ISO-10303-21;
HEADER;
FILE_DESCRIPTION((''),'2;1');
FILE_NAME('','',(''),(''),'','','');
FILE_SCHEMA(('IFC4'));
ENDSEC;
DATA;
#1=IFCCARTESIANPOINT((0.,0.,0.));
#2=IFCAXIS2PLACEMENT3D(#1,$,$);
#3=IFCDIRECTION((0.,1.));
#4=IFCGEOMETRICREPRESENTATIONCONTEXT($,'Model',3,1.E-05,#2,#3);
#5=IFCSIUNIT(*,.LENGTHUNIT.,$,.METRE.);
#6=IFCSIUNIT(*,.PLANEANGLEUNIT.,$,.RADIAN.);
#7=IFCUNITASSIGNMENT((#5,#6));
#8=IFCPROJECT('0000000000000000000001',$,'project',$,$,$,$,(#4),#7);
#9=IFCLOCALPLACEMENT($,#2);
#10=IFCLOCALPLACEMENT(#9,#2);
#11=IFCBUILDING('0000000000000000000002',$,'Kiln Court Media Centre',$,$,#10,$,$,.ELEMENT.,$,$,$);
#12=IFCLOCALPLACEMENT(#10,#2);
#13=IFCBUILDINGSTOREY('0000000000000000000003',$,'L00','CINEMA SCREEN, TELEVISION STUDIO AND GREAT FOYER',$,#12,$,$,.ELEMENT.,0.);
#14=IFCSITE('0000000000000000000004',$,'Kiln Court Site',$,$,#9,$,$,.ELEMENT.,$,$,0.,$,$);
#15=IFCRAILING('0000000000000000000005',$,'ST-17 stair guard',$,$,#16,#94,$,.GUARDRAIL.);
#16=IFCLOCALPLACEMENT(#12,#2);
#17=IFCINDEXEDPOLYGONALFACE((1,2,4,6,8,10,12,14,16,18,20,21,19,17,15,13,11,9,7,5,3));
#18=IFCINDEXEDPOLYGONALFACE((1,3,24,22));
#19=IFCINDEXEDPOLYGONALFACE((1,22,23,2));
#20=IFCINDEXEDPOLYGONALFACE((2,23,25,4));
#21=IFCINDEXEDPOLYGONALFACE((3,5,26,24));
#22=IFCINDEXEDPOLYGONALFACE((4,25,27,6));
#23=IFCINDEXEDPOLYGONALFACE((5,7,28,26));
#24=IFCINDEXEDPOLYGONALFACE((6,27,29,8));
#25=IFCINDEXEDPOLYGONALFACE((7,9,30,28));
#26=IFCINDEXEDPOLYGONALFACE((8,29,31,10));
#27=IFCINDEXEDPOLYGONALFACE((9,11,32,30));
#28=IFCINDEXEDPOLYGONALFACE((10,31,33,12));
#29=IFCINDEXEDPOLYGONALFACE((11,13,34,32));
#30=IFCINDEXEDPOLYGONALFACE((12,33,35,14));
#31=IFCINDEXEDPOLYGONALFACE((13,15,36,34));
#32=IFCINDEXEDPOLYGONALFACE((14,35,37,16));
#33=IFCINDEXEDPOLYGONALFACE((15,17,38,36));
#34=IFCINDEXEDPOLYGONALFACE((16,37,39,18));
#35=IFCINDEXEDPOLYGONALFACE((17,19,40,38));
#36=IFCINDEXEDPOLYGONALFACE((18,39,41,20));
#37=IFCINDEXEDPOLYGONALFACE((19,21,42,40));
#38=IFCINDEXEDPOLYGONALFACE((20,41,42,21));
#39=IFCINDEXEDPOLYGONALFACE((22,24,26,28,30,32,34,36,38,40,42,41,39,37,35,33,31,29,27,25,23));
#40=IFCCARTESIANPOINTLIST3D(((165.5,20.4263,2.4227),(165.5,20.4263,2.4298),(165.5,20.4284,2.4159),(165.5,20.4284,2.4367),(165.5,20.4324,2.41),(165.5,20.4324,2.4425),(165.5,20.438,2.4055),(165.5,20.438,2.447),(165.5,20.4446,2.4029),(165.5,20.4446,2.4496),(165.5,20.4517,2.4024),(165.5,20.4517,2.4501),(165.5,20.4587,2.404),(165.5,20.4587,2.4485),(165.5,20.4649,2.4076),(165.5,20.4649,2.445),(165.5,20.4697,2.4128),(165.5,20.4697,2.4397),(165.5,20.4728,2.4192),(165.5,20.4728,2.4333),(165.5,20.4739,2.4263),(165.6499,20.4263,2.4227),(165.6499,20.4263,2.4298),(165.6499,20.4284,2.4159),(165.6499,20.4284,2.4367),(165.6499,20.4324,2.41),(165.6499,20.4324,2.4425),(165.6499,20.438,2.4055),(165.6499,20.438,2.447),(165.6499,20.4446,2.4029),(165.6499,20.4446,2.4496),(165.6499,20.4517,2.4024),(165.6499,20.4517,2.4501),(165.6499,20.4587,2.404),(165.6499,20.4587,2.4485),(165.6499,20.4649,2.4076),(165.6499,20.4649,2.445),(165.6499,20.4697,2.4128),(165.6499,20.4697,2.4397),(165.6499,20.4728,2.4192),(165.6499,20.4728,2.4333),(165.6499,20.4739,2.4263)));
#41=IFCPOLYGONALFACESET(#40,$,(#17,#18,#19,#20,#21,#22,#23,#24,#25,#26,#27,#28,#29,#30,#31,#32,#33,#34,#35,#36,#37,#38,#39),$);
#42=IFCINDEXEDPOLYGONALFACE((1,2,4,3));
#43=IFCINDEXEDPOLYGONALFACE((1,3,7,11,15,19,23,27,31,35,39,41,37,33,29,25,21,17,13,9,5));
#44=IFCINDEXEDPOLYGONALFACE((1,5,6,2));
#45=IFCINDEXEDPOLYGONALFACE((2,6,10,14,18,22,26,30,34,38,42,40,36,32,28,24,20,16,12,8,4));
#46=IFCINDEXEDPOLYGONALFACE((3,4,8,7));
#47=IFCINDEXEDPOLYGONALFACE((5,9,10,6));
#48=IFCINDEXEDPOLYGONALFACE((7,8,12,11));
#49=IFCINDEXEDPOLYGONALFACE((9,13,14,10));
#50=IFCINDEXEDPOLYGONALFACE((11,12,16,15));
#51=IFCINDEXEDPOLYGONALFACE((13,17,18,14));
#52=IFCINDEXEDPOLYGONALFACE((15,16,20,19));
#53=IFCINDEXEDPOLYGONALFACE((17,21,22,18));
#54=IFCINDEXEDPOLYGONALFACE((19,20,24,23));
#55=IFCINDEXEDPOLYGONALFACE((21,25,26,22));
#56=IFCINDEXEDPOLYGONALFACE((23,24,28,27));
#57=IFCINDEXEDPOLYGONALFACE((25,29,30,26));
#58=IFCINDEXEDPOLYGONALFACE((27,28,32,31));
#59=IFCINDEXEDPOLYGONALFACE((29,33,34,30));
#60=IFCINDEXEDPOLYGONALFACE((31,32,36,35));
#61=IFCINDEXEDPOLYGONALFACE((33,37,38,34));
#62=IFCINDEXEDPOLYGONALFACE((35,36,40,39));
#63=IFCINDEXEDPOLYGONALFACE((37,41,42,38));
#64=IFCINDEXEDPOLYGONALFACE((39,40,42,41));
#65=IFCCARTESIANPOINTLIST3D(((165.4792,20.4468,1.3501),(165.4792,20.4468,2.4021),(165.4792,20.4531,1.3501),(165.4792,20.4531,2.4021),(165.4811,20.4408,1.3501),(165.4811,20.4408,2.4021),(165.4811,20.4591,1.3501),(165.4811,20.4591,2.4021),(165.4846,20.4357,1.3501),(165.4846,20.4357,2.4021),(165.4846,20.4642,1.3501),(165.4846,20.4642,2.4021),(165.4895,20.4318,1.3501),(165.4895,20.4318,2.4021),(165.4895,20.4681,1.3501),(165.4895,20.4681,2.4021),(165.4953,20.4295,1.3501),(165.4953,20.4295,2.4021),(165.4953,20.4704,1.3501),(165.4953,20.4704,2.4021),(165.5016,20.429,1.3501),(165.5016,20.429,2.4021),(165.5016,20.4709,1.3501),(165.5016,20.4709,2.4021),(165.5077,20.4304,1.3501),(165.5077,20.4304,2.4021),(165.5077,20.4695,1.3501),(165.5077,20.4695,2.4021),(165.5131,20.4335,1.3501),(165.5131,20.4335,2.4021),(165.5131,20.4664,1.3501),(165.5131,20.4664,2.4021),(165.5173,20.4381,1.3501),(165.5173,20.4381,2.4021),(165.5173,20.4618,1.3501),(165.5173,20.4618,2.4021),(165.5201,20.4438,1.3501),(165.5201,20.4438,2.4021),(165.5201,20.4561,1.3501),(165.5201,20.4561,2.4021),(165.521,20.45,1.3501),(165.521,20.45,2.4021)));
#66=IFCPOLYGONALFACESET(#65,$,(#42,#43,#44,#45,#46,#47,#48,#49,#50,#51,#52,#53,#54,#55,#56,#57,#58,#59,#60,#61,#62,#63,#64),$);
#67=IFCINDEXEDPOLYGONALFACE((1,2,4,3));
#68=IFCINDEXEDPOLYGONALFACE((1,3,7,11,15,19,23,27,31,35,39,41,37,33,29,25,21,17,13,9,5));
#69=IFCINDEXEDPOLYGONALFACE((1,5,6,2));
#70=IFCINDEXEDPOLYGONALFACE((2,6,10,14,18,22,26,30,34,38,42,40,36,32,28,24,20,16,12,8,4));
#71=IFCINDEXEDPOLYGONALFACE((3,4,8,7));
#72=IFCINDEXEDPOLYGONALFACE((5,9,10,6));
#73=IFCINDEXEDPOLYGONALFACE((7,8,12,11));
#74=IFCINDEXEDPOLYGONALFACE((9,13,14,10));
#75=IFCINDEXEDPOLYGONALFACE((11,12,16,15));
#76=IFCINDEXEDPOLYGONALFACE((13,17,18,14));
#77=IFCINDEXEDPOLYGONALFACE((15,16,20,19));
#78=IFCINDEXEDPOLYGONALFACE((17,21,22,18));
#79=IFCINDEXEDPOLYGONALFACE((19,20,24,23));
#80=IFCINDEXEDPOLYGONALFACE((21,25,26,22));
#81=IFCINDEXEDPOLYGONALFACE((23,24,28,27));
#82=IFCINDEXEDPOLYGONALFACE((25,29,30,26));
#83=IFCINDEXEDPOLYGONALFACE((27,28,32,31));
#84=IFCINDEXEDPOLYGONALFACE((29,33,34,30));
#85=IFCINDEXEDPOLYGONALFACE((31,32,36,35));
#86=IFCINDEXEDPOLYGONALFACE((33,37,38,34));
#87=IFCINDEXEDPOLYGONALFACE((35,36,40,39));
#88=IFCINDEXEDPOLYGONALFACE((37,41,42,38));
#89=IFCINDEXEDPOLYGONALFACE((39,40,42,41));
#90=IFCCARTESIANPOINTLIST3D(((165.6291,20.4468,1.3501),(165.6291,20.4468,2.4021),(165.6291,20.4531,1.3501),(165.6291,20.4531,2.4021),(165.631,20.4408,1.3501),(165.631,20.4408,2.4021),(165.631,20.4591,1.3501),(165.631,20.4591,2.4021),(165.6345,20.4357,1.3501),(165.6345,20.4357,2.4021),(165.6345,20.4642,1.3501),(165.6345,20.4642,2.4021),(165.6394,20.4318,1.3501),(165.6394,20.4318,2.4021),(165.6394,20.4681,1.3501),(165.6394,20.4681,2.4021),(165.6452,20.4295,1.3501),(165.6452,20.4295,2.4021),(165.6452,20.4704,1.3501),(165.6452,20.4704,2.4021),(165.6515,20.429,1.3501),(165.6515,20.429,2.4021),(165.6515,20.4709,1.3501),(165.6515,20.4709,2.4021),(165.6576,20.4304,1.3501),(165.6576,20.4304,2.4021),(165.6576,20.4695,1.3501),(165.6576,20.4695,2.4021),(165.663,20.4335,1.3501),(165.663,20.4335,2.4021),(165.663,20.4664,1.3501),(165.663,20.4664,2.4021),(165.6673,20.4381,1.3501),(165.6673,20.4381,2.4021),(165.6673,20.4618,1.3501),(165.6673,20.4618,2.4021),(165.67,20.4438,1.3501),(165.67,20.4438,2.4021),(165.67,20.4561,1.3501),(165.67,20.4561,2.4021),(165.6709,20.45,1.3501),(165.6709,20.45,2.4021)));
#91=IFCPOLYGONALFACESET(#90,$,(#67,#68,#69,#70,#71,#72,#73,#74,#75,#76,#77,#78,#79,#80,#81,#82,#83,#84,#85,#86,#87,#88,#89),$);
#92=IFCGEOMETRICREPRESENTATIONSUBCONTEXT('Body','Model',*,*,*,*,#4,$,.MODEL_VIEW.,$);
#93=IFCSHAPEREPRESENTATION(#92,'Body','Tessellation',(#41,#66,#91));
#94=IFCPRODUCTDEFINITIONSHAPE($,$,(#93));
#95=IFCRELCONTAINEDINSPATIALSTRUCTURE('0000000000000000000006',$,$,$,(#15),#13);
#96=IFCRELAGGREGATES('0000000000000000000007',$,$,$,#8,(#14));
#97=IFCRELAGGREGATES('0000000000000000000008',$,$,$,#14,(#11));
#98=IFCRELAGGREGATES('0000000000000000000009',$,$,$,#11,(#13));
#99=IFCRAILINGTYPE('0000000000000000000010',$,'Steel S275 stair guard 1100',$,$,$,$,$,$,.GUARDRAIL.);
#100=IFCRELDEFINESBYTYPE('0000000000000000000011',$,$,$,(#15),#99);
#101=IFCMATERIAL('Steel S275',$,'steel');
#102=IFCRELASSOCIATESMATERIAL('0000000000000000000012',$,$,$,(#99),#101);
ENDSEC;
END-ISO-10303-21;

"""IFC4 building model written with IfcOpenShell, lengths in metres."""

from ifc_helpers import new_model, si_unit, direction, frame, origin, origin_2d, place, context, subcontext, project, spatial, circle, extrude, material, type_object, element, save


model = new_model("IFC4")

# Units and contexts
model_context = context("Model", 3, precision=1e-05, world=origin(), true_north=direction((0.0, 1.0)))
body_context = subcontext(model_context, "Body", "Model", "MODEL_VIEW")
ifc_project = project(units=[si_unit("LENGTHUNIT", "METRE"), si_unit("PLANEANGLEUNIT", "RADIAN")], contexts=[model_context])

# Site, building, storey
site_placement = place(None, origin())
site = spatial("IfcSite", under=ifc_project, at=site_placement, Name="Kiln Court Site", CompositionType="ELEMENT", RefElevation=0.0)
building_placement = place(site_placement, origin())
building = spatial("IfcBuilding", under=site, at=building_placement, Name="Kiln Court Media Centre", CompositionType="ELEMENT")
storey_placement = place(building_placement, origin())
storey = spatial("IfcBuildingStorey", under=building, at=storey_placement, Name="L00", Description="CINEMA SCREEN, TELEVISION STUDIO AND GREAT FOYER", CompositionType="ELEMENT", Elevation=0.0)

# Railing
ifc_material_1 = material(Name="Steel S275", Category="steel")
railing_type_1 = type_object("IfcRailingType", Name="Steel S275 stair guard 1100", PredefinedType="GUARDRAIL", material=ifc_material_1)
railing_1_placement = place(storey_placement, frame((165.5, 20.45, 1.3501)))
element("IfcRailing", 1, at=railing_1_placement, inside=storey, type_object=railing_type_1, Name="ST-17 stair guard", PredefinedType="GUARDRAIL", context=body_context, shape_type="SweptSolid", body=[
    extrude(circle(Radius=0.0239, at=origin_2d()), frame((0.0, 0.0, 1.0762), z_axis=(1.0, 0.0, 0.0), x_axis=(0.0, 1.0, 0.0)), (0.0, 0.0, 1.0), 0.1499),
    extrude(circle(Radius=0.021, at=origin_2d()), origin(), (0.0, 0.0, 1.0), 1.052),
    extrude(circle(Radius=0.021, at=origin_2d()), frame((0.1499, 0.0, 0.0)), (0.0, 0.0, 1.0), 1.052),
])

save(model, "model.ifc")
